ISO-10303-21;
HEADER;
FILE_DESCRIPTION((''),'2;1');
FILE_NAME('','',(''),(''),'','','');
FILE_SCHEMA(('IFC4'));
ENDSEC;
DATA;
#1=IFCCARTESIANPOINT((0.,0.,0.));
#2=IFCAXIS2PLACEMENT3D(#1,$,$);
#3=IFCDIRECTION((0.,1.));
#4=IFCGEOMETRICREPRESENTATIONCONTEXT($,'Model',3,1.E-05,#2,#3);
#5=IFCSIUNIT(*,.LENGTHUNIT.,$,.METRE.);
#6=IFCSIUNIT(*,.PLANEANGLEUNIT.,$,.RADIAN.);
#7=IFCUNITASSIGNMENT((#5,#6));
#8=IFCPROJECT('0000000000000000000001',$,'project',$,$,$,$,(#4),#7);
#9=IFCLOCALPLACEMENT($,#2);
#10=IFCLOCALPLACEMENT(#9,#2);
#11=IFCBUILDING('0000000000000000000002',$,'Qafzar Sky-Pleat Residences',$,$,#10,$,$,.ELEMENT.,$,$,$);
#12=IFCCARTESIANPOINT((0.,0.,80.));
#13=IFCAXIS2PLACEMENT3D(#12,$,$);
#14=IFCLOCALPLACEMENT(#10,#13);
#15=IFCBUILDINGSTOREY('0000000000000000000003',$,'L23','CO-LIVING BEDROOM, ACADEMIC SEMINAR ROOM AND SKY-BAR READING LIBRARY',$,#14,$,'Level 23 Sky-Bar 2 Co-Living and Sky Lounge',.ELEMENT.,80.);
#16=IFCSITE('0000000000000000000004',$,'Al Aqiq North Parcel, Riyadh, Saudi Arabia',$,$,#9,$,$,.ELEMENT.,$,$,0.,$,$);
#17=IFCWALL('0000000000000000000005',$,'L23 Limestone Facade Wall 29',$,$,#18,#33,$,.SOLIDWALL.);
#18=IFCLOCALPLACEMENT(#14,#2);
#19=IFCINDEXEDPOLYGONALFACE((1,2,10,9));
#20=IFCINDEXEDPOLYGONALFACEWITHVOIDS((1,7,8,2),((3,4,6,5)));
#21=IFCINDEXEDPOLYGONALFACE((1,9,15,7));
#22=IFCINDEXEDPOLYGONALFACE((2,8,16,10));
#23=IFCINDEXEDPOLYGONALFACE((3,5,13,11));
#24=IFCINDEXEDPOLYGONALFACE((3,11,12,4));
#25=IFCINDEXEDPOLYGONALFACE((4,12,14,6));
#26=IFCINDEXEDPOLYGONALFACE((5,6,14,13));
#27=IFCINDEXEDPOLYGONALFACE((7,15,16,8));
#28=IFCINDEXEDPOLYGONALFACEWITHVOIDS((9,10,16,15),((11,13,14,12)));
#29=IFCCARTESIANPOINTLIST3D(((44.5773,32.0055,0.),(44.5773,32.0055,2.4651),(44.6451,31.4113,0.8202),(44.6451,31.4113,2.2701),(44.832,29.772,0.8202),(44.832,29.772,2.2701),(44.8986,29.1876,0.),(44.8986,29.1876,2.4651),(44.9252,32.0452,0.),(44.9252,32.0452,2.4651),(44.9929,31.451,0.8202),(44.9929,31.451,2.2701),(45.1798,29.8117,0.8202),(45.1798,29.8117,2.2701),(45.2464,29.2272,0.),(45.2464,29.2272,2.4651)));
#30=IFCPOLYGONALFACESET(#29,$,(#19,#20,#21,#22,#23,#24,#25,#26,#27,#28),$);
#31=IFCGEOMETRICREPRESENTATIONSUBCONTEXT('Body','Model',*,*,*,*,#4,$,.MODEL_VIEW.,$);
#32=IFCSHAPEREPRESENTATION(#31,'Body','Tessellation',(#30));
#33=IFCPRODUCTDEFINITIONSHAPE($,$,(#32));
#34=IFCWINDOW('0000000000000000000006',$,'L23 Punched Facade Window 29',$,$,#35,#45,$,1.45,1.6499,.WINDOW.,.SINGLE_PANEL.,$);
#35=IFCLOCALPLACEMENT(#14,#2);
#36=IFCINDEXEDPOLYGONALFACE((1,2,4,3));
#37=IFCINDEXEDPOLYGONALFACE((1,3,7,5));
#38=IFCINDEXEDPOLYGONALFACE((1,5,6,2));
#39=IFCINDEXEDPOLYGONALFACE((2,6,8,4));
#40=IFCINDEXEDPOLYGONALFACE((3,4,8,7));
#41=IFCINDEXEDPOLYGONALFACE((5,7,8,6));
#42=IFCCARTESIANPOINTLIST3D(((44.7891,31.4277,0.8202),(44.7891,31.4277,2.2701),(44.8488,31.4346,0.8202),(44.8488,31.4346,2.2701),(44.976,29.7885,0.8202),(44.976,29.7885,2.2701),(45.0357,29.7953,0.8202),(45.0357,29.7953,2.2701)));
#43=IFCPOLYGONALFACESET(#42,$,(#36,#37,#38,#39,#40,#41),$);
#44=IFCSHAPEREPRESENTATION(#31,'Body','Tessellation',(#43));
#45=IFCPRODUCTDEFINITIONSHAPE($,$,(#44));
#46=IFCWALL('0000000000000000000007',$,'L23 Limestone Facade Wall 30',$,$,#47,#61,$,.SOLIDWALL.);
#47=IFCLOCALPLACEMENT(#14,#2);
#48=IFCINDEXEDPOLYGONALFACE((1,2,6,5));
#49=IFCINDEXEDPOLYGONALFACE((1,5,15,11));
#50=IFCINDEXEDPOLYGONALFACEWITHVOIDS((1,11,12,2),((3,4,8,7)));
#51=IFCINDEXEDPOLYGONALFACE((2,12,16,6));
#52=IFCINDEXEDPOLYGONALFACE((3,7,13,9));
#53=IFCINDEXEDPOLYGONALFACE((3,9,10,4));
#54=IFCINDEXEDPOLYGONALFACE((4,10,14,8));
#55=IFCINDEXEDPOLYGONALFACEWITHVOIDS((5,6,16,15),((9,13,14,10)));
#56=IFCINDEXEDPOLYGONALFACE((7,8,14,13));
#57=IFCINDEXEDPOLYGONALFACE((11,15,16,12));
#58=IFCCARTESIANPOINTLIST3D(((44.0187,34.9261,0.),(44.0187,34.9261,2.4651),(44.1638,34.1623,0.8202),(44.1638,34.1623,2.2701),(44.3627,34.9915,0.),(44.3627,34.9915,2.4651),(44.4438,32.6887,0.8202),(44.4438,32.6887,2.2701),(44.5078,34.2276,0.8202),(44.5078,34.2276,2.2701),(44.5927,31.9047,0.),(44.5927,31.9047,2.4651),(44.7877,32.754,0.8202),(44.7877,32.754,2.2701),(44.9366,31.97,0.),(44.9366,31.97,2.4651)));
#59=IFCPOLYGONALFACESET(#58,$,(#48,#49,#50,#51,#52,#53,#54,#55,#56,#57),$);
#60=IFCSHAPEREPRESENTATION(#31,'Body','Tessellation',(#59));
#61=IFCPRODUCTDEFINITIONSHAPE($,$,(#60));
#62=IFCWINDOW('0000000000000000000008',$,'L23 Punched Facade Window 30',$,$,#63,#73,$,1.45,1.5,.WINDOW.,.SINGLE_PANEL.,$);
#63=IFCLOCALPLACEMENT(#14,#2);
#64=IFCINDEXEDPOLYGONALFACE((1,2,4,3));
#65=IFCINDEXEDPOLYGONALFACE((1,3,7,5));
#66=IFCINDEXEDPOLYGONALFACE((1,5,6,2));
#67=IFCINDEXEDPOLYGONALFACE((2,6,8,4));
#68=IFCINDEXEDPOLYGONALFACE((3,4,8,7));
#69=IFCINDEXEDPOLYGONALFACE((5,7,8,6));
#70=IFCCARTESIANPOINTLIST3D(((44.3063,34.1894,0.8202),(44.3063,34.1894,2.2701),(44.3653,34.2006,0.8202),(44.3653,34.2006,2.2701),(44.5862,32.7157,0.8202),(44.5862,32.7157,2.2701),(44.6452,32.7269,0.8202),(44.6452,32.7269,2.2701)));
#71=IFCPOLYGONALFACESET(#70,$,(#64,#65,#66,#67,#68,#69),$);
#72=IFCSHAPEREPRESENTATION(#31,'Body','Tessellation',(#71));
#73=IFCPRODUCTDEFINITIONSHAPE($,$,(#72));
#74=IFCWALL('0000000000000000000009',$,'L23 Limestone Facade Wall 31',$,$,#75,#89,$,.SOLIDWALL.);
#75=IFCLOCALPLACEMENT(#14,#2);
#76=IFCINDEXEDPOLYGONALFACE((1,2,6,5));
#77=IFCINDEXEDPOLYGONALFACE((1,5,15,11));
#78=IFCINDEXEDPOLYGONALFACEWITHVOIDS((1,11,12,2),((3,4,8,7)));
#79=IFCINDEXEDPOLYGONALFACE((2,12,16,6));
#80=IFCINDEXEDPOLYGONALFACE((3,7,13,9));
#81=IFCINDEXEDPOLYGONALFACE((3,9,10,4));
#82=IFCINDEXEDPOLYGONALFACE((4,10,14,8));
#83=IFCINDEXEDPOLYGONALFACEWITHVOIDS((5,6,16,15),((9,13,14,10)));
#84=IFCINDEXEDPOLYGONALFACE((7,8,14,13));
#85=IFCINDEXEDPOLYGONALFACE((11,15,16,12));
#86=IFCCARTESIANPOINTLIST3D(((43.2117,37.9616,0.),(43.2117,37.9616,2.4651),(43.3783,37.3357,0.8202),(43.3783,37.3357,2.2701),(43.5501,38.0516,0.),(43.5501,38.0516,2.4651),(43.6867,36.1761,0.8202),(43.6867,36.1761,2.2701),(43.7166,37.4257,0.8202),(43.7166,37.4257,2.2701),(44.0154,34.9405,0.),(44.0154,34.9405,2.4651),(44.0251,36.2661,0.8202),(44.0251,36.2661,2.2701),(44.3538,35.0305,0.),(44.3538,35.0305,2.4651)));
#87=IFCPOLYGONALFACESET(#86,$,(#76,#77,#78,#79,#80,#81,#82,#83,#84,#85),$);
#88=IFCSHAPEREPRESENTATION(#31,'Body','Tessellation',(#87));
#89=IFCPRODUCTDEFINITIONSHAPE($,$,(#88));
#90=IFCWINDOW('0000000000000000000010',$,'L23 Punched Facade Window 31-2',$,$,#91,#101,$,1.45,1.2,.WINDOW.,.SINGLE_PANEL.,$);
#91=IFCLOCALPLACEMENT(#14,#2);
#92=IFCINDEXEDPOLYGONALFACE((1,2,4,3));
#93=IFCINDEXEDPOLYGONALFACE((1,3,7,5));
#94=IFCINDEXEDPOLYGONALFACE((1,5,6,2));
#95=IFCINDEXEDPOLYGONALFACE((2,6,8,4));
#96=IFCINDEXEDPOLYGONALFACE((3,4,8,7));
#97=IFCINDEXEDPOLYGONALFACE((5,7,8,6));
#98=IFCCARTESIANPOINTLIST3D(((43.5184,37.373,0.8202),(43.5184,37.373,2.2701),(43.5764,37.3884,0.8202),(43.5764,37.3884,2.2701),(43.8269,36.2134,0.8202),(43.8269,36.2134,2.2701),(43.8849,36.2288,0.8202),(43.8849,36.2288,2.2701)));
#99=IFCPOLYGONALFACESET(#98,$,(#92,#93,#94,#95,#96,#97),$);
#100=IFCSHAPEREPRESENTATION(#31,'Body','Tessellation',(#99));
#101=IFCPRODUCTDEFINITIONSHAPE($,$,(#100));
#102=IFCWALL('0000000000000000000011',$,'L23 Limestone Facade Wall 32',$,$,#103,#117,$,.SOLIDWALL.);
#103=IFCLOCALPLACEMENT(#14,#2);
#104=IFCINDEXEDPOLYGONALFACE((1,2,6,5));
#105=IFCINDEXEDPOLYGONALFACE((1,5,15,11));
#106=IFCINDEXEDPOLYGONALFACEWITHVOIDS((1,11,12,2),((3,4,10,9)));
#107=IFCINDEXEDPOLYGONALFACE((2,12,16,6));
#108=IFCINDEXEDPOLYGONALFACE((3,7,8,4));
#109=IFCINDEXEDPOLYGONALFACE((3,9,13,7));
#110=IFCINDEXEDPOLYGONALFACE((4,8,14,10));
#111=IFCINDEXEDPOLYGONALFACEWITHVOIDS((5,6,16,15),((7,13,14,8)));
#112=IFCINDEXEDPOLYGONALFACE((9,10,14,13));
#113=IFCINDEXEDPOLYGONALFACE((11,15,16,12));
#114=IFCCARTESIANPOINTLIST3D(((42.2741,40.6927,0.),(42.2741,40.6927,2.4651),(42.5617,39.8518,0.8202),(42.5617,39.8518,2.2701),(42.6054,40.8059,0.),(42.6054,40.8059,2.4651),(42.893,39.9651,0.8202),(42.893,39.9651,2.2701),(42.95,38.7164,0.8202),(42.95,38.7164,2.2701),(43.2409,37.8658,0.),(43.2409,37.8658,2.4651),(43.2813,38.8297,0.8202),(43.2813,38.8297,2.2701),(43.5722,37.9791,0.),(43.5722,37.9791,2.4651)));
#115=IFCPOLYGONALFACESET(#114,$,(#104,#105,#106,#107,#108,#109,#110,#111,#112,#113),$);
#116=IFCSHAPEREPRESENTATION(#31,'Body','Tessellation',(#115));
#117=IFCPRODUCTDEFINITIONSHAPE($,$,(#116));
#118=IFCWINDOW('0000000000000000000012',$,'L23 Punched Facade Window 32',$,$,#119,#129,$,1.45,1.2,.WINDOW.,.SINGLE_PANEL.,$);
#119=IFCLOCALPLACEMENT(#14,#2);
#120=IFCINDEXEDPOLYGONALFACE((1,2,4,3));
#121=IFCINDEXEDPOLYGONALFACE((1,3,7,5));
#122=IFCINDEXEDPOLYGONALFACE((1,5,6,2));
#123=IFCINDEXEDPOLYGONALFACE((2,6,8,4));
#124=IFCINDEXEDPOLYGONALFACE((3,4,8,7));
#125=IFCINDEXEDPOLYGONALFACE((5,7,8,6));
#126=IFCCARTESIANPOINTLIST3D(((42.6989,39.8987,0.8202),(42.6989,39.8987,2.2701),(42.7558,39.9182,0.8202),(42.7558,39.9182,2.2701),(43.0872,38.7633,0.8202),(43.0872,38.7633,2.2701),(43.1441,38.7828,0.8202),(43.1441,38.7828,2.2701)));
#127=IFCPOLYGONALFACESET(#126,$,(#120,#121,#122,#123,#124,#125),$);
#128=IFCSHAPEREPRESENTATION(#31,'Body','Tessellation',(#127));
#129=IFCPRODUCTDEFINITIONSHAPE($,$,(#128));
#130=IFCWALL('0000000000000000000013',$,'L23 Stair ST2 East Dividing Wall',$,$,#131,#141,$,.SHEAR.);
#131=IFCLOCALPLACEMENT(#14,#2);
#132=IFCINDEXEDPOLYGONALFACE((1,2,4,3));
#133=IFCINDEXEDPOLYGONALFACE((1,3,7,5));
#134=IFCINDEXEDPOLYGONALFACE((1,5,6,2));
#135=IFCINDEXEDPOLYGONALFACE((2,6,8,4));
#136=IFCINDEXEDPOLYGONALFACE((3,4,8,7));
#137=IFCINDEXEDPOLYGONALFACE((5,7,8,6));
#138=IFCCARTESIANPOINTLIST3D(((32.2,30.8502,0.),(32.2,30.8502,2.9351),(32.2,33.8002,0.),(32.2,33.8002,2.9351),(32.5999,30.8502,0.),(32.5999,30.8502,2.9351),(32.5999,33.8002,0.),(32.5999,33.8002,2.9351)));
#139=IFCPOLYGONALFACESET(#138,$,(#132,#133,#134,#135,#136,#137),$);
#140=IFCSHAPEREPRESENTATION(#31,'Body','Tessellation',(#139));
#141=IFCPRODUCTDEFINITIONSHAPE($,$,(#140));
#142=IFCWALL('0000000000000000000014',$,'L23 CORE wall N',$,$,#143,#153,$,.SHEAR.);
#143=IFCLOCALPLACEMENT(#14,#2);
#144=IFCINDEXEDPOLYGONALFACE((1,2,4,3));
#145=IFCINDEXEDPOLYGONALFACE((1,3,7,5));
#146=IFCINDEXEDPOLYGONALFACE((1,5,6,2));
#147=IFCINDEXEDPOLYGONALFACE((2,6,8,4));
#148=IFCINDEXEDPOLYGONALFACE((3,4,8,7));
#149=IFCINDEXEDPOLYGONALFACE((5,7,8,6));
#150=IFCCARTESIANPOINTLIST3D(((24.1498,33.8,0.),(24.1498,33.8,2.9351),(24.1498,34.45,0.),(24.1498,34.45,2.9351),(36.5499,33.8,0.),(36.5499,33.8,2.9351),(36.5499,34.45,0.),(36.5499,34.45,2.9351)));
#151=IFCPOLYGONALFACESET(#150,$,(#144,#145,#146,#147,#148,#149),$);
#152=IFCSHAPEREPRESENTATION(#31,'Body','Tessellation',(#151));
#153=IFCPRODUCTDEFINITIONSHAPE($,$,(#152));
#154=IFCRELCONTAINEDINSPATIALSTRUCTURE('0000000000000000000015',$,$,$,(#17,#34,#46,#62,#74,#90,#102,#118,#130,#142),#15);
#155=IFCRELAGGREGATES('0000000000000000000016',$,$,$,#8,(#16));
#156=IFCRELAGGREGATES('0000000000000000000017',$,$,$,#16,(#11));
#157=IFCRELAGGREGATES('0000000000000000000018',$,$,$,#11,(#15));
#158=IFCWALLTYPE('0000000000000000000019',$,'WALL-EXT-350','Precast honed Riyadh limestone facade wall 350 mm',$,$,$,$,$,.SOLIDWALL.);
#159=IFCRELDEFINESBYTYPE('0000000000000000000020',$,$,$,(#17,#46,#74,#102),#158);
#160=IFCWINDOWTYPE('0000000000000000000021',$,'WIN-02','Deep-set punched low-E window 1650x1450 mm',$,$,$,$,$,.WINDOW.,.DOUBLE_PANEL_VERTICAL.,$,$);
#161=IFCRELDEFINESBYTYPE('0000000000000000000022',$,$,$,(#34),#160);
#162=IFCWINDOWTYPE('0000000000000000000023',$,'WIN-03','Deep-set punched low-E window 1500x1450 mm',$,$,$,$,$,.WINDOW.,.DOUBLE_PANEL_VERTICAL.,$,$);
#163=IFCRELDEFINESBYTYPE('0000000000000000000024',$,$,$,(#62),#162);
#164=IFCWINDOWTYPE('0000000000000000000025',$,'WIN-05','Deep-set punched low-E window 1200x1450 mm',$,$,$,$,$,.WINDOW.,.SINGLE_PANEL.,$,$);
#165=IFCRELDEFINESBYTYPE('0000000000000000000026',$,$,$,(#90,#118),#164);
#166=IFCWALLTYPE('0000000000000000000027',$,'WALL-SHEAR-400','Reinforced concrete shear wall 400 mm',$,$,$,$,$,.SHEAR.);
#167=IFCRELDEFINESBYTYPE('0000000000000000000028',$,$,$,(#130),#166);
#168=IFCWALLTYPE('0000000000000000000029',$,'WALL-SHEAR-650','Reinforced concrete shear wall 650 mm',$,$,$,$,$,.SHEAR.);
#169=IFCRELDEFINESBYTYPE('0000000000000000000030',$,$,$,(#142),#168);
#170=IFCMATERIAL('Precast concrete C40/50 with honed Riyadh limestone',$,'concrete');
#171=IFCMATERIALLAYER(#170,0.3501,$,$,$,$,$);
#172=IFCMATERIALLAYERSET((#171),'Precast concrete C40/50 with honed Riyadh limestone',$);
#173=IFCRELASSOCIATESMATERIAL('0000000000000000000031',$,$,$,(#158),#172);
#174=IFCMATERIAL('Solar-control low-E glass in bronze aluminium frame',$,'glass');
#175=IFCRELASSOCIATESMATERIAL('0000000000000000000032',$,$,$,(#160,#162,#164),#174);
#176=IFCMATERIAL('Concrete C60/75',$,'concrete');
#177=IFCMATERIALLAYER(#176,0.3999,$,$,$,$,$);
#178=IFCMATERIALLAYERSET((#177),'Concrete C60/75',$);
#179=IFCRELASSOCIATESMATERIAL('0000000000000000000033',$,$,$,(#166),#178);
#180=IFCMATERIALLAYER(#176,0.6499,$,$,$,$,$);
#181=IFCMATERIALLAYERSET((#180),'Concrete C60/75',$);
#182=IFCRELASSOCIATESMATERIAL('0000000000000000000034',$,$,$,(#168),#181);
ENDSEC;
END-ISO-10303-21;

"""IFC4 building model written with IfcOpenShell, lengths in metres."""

from ifc_helpers import new_model, si_unit, direction, frame, frame_2d, origin, place, context, subcontext, project, spatial, rectangle, extrude, source, transform, mapped, material, layer, layer_set, type_object, element, fill, save


model = new_model("IFC4")

# Units and contexts
model_context = context("Model", 3, precision=1e-05, world=origin(), true_north=direction((0.0, 1.0)))
body_context = subcontext(model_context, "Body", "Model", "MODEL_VIEW")
ifc_project = project(units=[si_unit("LENGTHUNIT", "METRE"), si_unit("PLANEANGLEUNIT", "RADIAN")], contexts=[model_context])

# Site, building, storey
site_placement = place(None, origin())
site = spatial("IfcSite", under=ifc_project, at=site_placement, Name="Al Aqiq North Parcel, Riyadh, Saudi Arabia", CompositionType="ELEMENT", RefElevation=0.0)
building_placement = place(site_placement, origin())
building = spatial("IfcBuilding", under=site, at=building_placement, Name="Qafzar Sky-Pleat Residences", CompositionType="ELEMENT")
storey_placement = place(building_placement, frame((0.0, 0.0, 80.0)))
storey = spatial("IfcBuildingStorey", under=building, at=storey_placement, Name="L23", Description="CO-LIVING BEDROOM, ACADEMIC SEMINAR ROOM AND SKY-BAR READING LIBRARY", LongName="Level 23 Sky-Bar 2 Co-Living and Sky Lounge", CompositionType="ELEMENT", Elevation=80.0)

# Walls, openings, windows
ifc_material_1 = material(Name="Precast concrete C40/50 with honed Riyadh limestone", Category="concrete")
ifc_layer_1 = layer(ifc_material_1, 0.3501)
ifc_layer_set_1 = layer_set([ifc_layer_1], Name="Precast concrete C40/50 with honed Riyadh limestone")
wall_type_1 = type_object("IfcWallType", Name="WALL-EXT-350", Description="Precast honed Riyadh limestone facade wall 350 mm", PredefinedType="SOLIDWALL", material=ifc_layer_set_1)
wall_1_placement = place(storey_placement, frame((45.0725, 29.2075, 0.0), z_axis=(0.0, 0.0, 1.0), x_axis=(-0.113284, 0.993563, 0.0)))
wall_1 = element("IfcWall", 1, at=wall_1_placement, inside=storey, type_object=wall_type_1, Name="L23 Limestone Facade Wall 29", PredefinedType="SOLIDWALL", context=body_context, shape_type="SweptSolid", body=[
    extrude(rectangle(XDim=2.8362, YDim=0.3501, at=frame_2d((1.418, 0.0))), origin(), (0.0, 0.0, 1.0), 2.4651),
])
opening_1_placement = place(wall_1_placement, frame((0.5881, 0.0, 0.8201)))
opening_1 = element("IfcOpeningElement", 2, at=opening_1_placement, cuts=wall_1, PredefinedType="OPENING", context=body_context, shape_type="SweptSolid", body=[
    extrude(rectangle(XDim=1.6499, YDim=1.45, at=frame_2d((0.825, 0.7251))), frame((0.0, 0.1851, 0.0), z_axis=(0.0, -1.0, 0.0), x_axis=(1.0, 0.0, 0.0)), (0.0, 0.0, 1.0), 0.3701),
])
ifc_material_2 = material(Name="Solar-control low-E glass in bronze aluminium frame", Category="glass")
window_type_1 = type_object("IfcWindowType", Name="WIN-02", Description="Deep-set punched low-E window 1650x1450 mm", PartitioningType="DOUBLE_PANEL_VERTICAL", PredefinedType="WINDOW", material=ifc_material_2)
shared_shape_1 = source(origin(), body_context, "Body", "SweptSolid", [
    extrude(rectangle(XDim=1.6499, YDim=1.45, at=frame_2d((0.825, 0.7251))), frame((0.0, 0.03, 0.0), z_axis=(0.0, -1.0, 0.0), x_axis=(1.0, 0.0, 0.0)), (0.0, 0.0, 1.0), 0.0601),
])
window_1_placement = place(opening_1_placement, origin())
window_1 = element("IfcWindow", 3, at=window_1_placement, inside=storey, type_object=window_type_1, Name="L23 Punched Facade Window 29", OverallHeight=1.45, OverallWidth=1.6499, PartitioningType="SINGLE_PANEL", PredefinedType="WINDOW", context=body_context, shape_type="MappedRepresentation", body=[
    mapped(shared_shape_1, transform((0.0, 0.0, 0.0), x_axis=(1.0, 0.0, 0.0), y_axis=(0.0, 1.0, 0.0), z_axis=(0.0, 0.0, 1.0), scale=1.0)),
])
fill(opening_1, window_1)
wall_2_placement = place(storey_placement, frame((44.7646, 31.9375, 0.0), z_axis=(0.0, 0.0, 1.0), x_axis=(-0.186627, 0.982431, 0.0)))
wall_2 = element("IfcWall", 4, at=wall_2_placement, inside=storey, type_object=wall_type_1, Name="L23 Limestone Facade Wall 30", PredefinedType="SOLIDWALL", context=body_context, shape_type="SweptSolid", body=[
    extrude(rectangle(XDim=3.0754, YDim=0.3501, at=frame_2d((1.5376, 0.0))), origin(), (0.0, 0.0, 1.0), 2.4651),
])
opening_2_placement = place(wall_2_placement, frame((0.7979, 0.0, 0.8201)))
opening_2 = element("IfcOpeningElement", 5, at=opening_2_placement, cuts=wall_2, PredefinedType="OPENING", context=body_context, shape_type="SweptSolid", body=[
    extrude(rectangle(XDim=1.5, YDim=1.45, at=frame_2d((0.75, 0.7251))), frame((0.0, 0.1851, 0.0), z_axis=(0.0, -1.0, 0.0), x_axis=(1.0, 0.0, 0.0)), (0.0, 0.0, 1.0), 0.3701),
])
window_type_2 = type_object("IfcWindowType", Name="WIN-03", Description="Deep-set punched low-E window 1500x1450 mm", PartitioningType="DOUBLE_PANEL_VERTICAL", PredefinedType="WINDOW", material=ifc_material_2)
shared_shape_2 = source(origin(), body_context, "Body", "SweptSolid", [
    extrude(rectangle(XDim=1.5, YDim=1.45, at=frame_2d((0.75, 0.7251))), frame((0.0, 0.03, 0.0), z_axis=(0.0, -1.0, 0.0), x_axis=(1.0, 0.0, 0.0)), (0.0, 0.0, 1.0), 0.0601),
])
window_2_placement = place(opening_2_placement, origin())
window_2 = element("IfcWindow", 6, at=window_2_placement, inside=storey, type_object=window_type_2, Name="L23 Punched Facade Window 30", OverallHeight=1.45, OverallWidth=1.5, PartitioningType="SINGLE_PANEL", PredefinedType="WINDOW", context=body_context, shape_type="MappedRepresentation", body=[
    mapped(shared_shape_2, transform((0.0, 0.0, 0.0), x_axis=(1.0, 0.0, 0.0), y_axis=(0.0, 1.0, 0.0), z_axis=(0.0, 0.0, 1.0), scale=1.0)),
])
fill(opening_2, window_2)
wall_3_placement = place(storey_placement, frame((44.1846, 34.9856, 0.0), z_axis=(0.0, 0.0, 1.0), x_axis=(-0.257079, 0.96639, 0.0)))
wall_3 = element("IfcWall", 7, at=wall_3_placement, inside=storey, type_object=wall_type_1, Name="L23 Limestone Facade Wall 31", PredefinedType="SOLIDWALL", context=body_context, shape_type="SweptSolid", body=[
    extrude(rectangle(XDim=3.1262, YDim=0.3501, at=frame_2d((1.563, 0.0))), origin(), (0.0, 0.0, 1.0), 2.4651),
])
opening_3_placement = place(wall_3_placement, frame((1.2783, 0.0, 0.8201)))
opening_3 = element("IfcOpeningElement", 8, at=opening_3_placement, cuts=wall_3, PredefinedType="OPENING", context=body_context, shape_type="SweptSolid", body=[
    extrude(rectangle(XDim=1.2, YDim=1.45, at=frame_2d((0.6001, 0.7251))), frame((0.0, 0.1851, 0.0), z_axis=(0.0, -1.0, 0.0), x_axis=(1.0, 0.0, 0.0)), (0.0, 0.0, 1.0), 0.3701),
])
window_type_3 = type_object("IfcWindowType", Name="WIN-05", Description="Deep-set punched low-E window 1200x1450 mm", PartitioningType="SINGLE_PANEL", PredefinedType="WINDOW", material=ifc_material_2)
shared_shape_3 = source(origin(), body_context, "Body", "SweptSolid", [
    extrude(rectangle(XDim=1.2, YDim=1.45, at=frame_2d((0.6001, 0.7251))), frame((0.0, 0.03, 0.0), z_axis=(0.0, -1.0, 0.0), x_axis=(1.0, 0.0, 0.0)), (0.0, 0.0, 1.0), 0.0601),
])
window_3_placement = place(opening_3_placement, origin())
window_3 = element("IfcWindow", 9, at=window_3_placement, inside=storey, type_object=window_type_3, Name="L23 Punched Facade Window 31-2", OverallHeight=1.45, OverallWidth=1.2, PartitioningType="SINGLE_PANEL", PredefinedType="WINDOW", context=body_context, shape_type="MappedRepresentation", body=[
    mapped(shared_shape_3, transform((0.0, 0.0, 0.0), x_axis=(1.0, 0.0, 0.0), y_axis=(0.0, 1.0, 0.0), z_axis=(0.0, 0.0, 1.0), scale=1.0)),
])
fill(opening_3, window_3)
wall_4_placement = place(storey_placement, frame((43.4065, 37.9226, 0.0), z_axis=(0.0, 0.0, 1.0), x_axis=(-0.323597, 0.946195, 0.0)))
wall_4 = element("IfcWall", 10, at=wall_4_placement, inside=storey, type_object=wall_type_1, Name="L23 Limestone Facade Wall 32", PredefinedType="SOLIDWALL", context=body_context, shape_type="SweptSolid", body=[
    extrude(rectangle(XDim=2.9875, YDim=0.3501, at=frame_2d((1.4937, 0.0))), origin(), (0.0, 0.0, 1.0), 2.4651),
])
opening_4_placement = place(wall_4_placement, frame((0.8987, 0.0, 0.8201)))
opening_4 = element("IfcOpeningElement", 11, at=opening_4_placement, cuts=wall_4, PredefinedType="OPENING", context=body_context, shape_type="SweptSolid", body=[
    extrude(rectangle(XDim=1.2, YDim=1.45, at=frame_2d((0.6001, 0.7251))), frame((0.0, 0.1851, 0.0), z_axis=(0.0, -1.0, 0.0), x_axis=(1.0, 0.0, 0.0)), (0.0, 0.0, 1.0), 0.3701),
])
window_4_placement = place(opening_4_placement, origin())
window_4 = element("IfcWindow", 12, at=window_4_placement, inside=storey, type_object=window_type_3, Name="L23 Punched Facade Window 32", OverallHeight=1.45, OverallWidth=1.2, PartitioningType="SINGLE_PANEL", PredefinedType="WINDOW", context=body_context, shape_type="MappedRepresentation", body=[
    mapped(shared_shape_3, transform((0.0, 0.0, 0.0), x_axis=(1.0, 0.0, 0.0), y_axis=(0.0, 1.0, 0.0), z_axis=(0.0, 0.0, 1.0), scale=1.0)),
])
fill(opening_4, window_4)

# Walls
ifc_material_3 = material(Name="Concrete C60/75", Category="concrete")
ifc_layer_2 = layer(ifc_material_3, 0.3999)
ifc_layer_set_2 = layer_set([ifc_layer_2], Name="Concrete C60/75")
wall_type_2 = type_object("IfcWallType", Name="WALL-SHEAR-400", Description="Reinforced concrete shear wall 400 mm", PredefinedType="SHEAR", material=ifc_layer_set_2)
wall_5_placement = place(storey_placement, frame((32.3999, 30.8501, 0.0), z_axis=(0.0, 0.0, 1.0), x_axis=(0.0, 1.0, 0.0)))
element("IfcWall", 13, at=wall_5_placement, inside=storey, type_object=wall_type_2, Name="L23 Stair ST2 East Dividing Wall", PredefinedType="SHEAR", context=body_context, shape_type="SweptSolid", body=[
    extrude(rectangle(XDim=2.95, YDim=0.3999, at=frame_2d((1.4751, 0.0))), origin(), (0.0, 0.0, 1.0), 2.9351),
])
ifc_layer_3 = layer(ifc_material_3, 0.6499)
ifc_layer_set_3 = layer_set([ifc_layer_3], Name="Concrete C60/75")
wall_type_3 = type_object("IfcWallType", Name="WALL-SHEAR-650", Description="Reinforced concrete shear wall 650 mm", PredefinedType="SHEAR", material=ifc_layer_set_3)
wall_6_placement = place(storey_placement, frame((36.55, 34.125, 0.0), z_axis=(0.0, 0.0, 1.0), x_axis=(-1.0, 0.0, 0.0)))
element("IfcWall", 14, at=wall_6_placement, inside=storey, type_object=wall_type_3, Name="L23 CORE wall N", PredefinedType="SHEAR", context=body_context, shape_type="SweptSolid", body=[
    extrude(rectangle(XDim=12.4001, YDim=0.6499, at=frame_2d((6.2002, 0.0))), origin(), (0.0, 0.0, 1.0), 2.9351),
])

save(model, "model.ifc")
